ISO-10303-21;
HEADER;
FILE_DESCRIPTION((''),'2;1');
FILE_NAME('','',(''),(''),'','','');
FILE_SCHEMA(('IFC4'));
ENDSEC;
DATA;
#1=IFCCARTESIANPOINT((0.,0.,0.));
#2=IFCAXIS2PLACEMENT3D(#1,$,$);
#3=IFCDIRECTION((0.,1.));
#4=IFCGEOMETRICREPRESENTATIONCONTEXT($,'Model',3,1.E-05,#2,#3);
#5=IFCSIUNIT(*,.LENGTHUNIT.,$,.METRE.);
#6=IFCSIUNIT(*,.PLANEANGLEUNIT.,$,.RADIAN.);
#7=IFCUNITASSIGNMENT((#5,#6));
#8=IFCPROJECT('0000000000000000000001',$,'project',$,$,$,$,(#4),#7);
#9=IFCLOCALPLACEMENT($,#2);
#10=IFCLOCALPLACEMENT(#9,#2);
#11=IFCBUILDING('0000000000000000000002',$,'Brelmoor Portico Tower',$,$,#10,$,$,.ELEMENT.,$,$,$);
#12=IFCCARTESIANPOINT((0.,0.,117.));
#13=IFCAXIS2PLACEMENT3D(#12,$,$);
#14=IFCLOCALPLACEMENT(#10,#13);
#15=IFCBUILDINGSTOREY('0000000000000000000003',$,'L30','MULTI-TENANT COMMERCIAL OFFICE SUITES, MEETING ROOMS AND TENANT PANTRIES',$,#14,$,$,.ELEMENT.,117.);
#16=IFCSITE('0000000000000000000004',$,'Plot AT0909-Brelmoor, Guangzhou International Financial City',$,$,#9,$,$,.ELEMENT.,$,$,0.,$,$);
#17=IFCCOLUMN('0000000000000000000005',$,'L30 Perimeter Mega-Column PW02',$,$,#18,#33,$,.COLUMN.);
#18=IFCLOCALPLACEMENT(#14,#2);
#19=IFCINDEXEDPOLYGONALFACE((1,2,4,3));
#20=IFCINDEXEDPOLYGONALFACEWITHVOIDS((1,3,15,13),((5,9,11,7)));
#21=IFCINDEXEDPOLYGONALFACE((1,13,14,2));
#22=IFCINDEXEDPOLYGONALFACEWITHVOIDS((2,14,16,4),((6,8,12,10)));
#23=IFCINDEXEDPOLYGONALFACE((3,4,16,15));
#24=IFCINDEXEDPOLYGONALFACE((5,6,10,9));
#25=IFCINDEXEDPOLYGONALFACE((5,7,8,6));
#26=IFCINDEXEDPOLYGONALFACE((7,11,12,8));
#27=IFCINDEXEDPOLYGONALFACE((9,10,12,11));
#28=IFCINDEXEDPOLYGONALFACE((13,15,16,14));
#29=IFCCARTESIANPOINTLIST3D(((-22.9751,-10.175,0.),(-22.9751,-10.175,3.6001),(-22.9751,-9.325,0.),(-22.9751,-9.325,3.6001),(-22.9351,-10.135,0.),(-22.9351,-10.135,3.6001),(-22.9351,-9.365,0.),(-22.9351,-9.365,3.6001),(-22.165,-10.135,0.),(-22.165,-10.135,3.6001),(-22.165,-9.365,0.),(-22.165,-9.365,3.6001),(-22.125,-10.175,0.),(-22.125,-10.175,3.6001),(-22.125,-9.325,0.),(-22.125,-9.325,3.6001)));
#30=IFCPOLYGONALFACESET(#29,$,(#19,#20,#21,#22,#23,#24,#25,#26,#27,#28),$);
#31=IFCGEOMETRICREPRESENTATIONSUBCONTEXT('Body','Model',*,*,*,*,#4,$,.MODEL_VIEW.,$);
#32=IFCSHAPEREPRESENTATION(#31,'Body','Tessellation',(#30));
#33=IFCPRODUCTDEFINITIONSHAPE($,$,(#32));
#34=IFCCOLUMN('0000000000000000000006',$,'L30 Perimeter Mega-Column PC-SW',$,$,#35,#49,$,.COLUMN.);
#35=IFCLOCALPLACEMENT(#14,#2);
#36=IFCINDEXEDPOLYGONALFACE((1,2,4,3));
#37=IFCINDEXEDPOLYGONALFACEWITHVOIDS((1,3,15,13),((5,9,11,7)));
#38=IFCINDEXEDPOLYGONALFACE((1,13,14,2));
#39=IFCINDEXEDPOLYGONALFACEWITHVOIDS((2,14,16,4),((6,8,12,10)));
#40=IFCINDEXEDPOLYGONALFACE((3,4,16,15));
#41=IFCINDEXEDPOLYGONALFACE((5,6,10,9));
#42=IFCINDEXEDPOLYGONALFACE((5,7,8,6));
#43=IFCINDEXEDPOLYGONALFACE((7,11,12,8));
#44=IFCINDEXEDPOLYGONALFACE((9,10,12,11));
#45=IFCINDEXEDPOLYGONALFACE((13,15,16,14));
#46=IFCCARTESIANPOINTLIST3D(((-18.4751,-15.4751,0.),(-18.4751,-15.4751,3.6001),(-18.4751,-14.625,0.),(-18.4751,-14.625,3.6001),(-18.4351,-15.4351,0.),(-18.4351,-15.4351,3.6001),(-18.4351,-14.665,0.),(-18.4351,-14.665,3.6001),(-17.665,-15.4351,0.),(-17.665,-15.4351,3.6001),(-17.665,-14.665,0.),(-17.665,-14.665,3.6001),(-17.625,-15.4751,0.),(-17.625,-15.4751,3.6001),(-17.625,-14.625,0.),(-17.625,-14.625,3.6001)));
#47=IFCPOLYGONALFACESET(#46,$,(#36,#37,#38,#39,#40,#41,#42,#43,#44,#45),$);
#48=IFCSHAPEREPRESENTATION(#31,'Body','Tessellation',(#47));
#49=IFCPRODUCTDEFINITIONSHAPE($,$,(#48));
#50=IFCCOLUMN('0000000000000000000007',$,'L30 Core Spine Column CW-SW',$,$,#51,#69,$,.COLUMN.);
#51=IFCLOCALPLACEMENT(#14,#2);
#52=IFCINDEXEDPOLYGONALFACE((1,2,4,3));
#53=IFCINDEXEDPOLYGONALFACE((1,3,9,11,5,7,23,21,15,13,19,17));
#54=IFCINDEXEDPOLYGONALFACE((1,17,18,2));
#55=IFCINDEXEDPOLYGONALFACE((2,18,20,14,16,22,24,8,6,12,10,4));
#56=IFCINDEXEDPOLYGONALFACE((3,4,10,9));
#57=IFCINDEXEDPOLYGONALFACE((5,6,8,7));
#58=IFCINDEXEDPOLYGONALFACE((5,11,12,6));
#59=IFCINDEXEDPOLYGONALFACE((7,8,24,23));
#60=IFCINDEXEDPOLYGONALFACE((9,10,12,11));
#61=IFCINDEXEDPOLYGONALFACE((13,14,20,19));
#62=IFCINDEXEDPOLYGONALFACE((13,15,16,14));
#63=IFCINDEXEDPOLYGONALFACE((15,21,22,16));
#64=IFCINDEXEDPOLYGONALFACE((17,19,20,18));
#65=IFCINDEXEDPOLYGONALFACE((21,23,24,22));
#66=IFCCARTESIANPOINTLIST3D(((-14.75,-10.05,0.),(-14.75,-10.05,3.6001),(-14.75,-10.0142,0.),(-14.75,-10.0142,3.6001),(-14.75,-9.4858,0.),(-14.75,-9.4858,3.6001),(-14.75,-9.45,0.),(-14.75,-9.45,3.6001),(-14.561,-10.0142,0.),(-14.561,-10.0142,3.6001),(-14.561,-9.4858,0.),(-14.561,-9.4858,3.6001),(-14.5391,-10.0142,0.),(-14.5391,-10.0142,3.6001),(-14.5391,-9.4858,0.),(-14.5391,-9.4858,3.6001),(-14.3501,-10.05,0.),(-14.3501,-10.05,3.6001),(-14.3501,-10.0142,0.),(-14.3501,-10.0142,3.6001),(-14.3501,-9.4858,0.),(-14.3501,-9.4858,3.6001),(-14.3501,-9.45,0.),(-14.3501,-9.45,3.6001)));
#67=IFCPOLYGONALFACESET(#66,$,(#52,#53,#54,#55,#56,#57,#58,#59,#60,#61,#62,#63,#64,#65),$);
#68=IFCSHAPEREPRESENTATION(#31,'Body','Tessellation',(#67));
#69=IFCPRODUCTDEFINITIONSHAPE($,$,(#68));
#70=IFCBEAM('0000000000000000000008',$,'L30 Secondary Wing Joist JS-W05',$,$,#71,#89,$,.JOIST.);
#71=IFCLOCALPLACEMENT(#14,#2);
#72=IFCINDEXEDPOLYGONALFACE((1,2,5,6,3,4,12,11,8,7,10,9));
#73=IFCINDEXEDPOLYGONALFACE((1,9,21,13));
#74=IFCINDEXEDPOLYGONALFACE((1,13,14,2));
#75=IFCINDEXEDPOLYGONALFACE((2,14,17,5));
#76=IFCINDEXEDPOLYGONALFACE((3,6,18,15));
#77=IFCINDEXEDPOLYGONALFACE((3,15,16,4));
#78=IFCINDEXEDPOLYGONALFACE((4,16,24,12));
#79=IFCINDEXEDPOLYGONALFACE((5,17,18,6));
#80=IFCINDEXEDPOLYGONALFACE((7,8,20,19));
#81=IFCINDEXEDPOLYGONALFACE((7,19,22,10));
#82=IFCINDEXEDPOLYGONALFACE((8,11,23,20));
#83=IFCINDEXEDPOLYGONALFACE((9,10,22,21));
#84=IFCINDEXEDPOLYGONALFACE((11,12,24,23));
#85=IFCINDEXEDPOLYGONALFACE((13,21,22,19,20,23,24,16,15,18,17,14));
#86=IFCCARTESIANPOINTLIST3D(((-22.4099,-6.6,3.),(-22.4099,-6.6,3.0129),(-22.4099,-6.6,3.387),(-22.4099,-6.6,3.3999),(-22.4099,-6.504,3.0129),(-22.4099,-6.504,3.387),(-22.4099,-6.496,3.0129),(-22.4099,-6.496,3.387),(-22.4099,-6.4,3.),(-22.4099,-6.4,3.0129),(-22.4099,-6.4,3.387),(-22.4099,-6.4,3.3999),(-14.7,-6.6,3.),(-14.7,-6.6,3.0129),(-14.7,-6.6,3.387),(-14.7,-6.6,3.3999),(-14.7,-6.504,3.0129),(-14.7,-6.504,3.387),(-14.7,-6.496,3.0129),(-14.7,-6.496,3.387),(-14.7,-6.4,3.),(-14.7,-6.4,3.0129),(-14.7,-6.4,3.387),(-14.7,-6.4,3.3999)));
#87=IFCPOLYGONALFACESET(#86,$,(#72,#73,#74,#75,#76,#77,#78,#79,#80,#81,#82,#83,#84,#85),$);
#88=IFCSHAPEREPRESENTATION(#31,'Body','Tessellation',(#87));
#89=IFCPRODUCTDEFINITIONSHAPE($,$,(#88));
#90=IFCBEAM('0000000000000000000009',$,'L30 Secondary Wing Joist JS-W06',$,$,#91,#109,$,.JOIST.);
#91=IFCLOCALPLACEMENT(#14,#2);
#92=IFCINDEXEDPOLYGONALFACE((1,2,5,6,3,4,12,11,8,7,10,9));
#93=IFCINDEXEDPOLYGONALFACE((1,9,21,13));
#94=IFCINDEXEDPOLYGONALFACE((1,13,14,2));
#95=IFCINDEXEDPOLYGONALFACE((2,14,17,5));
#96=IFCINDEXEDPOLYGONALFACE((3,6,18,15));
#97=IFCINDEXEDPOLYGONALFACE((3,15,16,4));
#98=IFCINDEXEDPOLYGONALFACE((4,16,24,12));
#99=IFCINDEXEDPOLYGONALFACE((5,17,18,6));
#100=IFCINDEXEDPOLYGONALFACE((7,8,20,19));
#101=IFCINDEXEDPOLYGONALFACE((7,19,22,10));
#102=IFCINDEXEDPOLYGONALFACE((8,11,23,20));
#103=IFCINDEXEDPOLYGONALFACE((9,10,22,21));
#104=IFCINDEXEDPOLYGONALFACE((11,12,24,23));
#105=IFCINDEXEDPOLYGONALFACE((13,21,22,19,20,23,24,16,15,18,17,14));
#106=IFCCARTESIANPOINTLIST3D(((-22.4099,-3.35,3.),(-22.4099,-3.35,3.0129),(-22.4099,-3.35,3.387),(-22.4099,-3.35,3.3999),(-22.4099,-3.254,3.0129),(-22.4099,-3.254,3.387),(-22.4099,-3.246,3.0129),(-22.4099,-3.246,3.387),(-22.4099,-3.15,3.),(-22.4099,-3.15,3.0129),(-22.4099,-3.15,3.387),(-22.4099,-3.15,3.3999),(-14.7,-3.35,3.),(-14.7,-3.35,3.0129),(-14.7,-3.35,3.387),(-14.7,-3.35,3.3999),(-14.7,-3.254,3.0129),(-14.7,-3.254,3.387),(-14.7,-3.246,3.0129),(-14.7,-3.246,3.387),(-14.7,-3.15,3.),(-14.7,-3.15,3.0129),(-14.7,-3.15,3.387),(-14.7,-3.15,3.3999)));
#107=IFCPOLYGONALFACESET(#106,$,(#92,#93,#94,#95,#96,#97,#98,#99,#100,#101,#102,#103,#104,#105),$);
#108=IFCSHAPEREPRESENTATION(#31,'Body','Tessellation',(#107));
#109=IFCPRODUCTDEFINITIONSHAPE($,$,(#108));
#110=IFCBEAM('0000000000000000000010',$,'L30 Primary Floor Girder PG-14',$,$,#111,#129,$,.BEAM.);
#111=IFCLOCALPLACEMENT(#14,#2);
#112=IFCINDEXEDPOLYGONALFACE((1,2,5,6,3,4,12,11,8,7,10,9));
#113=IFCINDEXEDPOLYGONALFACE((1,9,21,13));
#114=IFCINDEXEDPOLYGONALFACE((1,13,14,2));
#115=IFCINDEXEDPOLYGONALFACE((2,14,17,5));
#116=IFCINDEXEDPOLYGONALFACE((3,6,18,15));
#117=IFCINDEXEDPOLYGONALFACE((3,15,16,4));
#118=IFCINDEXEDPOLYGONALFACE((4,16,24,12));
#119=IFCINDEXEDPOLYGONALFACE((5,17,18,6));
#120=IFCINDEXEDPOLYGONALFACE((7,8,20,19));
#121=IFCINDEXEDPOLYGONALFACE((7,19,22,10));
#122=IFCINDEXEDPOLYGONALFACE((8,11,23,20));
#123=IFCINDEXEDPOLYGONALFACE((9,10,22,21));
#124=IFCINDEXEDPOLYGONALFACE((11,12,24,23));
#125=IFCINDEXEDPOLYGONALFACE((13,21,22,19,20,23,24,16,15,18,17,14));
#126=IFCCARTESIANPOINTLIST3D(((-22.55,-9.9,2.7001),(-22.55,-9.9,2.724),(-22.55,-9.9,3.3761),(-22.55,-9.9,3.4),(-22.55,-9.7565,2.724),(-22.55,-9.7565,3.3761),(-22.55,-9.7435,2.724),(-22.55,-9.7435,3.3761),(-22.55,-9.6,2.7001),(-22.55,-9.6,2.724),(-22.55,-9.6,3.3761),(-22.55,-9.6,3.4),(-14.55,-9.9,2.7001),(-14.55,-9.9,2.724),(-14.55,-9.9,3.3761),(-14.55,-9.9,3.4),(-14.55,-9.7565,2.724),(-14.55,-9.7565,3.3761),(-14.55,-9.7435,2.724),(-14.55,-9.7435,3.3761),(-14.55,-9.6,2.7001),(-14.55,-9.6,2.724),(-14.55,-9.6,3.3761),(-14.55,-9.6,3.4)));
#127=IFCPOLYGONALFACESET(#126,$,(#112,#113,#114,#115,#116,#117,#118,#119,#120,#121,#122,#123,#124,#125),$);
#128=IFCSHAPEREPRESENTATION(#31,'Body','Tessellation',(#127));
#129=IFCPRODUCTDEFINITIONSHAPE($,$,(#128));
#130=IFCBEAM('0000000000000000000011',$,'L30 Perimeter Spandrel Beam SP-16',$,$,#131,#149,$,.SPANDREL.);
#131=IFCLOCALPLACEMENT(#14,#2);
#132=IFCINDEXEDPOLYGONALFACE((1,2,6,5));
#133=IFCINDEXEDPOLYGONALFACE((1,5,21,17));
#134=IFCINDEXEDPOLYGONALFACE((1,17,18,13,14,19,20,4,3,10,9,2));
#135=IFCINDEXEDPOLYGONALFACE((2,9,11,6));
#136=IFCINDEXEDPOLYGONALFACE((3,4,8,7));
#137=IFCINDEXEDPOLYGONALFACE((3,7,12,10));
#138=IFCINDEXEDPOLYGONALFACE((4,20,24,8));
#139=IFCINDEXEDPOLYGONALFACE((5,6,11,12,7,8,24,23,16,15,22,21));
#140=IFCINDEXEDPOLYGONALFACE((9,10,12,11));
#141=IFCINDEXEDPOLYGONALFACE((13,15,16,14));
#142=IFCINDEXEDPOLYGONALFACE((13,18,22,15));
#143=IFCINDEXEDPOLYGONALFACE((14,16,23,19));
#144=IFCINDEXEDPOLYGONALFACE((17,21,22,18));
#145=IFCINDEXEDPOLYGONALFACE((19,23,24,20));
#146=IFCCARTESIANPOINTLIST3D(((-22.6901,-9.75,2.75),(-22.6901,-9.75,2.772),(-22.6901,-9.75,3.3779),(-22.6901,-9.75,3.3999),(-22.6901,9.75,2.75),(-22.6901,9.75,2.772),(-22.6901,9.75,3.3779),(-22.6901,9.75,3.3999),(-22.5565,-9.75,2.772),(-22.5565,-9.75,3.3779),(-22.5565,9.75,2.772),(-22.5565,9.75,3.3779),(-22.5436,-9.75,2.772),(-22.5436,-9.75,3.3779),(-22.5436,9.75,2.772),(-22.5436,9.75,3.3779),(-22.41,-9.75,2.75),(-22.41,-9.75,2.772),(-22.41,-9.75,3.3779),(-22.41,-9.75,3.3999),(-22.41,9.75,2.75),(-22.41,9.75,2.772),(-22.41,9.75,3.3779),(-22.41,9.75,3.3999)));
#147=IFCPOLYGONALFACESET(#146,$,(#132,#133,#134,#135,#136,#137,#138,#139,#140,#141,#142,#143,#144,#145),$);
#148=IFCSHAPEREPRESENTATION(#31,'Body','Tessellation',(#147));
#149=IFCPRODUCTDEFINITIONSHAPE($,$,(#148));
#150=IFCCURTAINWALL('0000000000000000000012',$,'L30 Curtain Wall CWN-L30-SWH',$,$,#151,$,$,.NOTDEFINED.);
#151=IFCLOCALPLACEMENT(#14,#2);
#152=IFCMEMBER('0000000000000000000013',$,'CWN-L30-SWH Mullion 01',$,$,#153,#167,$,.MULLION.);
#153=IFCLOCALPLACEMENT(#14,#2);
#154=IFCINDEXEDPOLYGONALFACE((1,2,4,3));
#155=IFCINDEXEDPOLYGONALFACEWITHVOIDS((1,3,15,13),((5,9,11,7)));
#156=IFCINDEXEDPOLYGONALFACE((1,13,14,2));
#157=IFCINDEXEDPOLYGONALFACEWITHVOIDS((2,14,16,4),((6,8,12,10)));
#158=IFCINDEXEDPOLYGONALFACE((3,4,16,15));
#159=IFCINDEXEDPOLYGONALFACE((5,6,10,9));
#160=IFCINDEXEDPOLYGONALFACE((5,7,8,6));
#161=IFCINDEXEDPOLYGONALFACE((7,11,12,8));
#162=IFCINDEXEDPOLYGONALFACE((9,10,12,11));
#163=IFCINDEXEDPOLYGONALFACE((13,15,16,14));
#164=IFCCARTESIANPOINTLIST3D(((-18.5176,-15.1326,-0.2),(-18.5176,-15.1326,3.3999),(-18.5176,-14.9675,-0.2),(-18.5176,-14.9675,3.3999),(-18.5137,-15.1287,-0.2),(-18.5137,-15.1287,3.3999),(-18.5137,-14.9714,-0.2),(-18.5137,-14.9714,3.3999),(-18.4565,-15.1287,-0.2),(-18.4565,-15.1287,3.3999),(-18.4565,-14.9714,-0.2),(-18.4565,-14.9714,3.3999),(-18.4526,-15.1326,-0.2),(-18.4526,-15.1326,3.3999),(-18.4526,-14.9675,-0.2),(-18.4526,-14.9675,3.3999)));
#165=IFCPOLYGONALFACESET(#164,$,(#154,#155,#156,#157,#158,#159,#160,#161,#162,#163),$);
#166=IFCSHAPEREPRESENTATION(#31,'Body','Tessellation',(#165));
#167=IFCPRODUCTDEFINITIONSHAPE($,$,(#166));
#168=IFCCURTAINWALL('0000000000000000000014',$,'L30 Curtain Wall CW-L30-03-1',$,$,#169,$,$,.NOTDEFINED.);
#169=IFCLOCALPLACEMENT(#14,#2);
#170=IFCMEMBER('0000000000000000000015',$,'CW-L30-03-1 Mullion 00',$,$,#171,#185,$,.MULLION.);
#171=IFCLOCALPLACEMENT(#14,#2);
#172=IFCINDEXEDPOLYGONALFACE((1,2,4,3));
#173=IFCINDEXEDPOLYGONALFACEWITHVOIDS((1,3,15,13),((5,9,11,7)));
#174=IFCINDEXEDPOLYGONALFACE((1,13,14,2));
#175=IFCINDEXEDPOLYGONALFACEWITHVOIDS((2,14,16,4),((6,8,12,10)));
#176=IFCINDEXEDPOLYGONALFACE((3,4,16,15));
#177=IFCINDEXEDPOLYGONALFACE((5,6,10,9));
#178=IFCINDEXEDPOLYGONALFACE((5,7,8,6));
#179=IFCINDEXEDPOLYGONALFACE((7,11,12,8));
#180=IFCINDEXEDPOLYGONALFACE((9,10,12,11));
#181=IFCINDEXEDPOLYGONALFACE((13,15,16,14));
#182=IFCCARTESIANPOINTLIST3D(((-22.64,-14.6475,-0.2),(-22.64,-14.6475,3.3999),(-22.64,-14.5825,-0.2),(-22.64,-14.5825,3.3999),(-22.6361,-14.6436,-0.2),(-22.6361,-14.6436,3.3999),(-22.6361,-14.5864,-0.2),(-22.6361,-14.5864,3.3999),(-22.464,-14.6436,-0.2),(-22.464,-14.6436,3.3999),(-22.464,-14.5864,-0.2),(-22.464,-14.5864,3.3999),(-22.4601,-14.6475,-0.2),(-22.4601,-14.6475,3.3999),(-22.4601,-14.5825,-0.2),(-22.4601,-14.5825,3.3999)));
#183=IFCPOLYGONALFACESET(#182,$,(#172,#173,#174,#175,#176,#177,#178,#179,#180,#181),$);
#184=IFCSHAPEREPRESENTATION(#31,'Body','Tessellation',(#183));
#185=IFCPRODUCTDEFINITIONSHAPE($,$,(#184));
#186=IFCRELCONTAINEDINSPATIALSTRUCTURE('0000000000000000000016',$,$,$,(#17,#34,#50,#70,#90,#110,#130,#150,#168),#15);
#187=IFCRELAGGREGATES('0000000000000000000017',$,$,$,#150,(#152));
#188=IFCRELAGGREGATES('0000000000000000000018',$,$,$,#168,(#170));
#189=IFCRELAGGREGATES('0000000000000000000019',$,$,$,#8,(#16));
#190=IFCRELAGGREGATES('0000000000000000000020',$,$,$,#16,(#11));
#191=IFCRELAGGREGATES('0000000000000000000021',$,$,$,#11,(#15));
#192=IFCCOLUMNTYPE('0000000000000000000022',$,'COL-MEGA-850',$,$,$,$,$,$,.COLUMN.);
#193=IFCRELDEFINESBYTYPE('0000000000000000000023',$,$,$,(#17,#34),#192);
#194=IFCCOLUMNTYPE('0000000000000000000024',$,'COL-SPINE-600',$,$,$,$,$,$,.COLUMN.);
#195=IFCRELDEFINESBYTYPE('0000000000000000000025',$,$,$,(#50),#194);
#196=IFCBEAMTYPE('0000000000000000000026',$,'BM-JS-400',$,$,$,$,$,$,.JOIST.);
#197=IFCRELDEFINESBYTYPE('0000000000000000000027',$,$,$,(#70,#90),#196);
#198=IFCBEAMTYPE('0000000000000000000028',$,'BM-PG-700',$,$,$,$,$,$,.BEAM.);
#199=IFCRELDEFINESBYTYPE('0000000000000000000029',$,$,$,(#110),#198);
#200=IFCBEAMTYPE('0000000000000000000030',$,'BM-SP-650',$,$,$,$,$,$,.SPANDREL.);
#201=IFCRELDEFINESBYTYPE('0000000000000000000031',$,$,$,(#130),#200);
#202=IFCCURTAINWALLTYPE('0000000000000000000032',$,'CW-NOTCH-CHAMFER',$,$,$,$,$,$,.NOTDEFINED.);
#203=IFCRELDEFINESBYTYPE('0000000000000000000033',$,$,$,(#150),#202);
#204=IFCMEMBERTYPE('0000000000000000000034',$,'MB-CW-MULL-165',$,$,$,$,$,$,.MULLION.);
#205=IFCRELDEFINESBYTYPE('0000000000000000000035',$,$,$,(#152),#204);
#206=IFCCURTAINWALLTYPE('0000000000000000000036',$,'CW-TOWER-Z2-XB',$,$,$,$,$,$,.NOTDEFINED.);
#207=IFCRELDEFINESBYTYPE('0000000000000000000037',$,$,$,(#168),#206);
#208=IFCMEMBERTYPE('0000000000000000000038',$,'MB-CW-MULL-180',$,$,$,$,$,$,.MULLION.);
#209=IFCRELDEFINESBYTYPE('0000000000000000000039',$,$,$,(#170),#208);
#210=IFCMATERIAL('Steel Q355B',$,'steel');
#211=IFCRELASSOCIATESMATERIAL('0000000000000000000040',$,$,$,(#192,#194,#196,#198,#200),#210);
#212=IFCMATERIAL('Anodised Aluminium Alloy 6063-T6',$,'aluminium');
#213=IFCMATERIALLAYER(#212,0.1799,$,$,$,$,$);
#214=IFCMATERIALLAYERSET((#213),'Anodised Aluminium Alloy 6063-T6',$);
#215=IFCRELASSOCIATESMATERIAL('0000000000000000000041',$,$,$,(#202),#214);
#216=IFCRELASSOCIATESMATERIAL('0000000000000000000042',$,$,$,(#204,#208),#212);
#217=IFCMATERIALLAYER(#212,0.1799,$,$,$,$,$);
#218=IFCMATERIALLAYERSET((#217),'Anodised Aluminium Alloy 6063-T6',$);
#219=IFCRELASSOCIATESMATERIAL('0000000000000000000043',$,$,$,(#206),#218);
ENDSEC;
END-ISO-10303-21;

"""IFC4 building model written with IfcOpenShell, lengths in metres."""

from ifc_helpers import new_model, si_unit, direction, frame, origin, origin_2d, place, context, subcontext, project, spatial, hollow_rectangle, i_section, extrude, material, layer, layer_set, material_profile, profile_set, type_object, element, aggregate, save


model = new_model("IFC4")

# Units and contexts
model_context = context("Model", 3, precision=1e-05, world=origin(), true_north=direction((0.0, 1.0)))
body_context = subcontext(model_context, "Body", "Model", "MODEL_VIEW")
ifc_project = project(units=[si_unit("LENGTHUNIT", "METRE"), si_unit("PLANEANGLEUNIT", "RADIAN")], contexts=[model_context])

# Site, building, storey
site_placement = place(None, origin())
site = spatial("IfcSite", under=ifc_project, at=site_placement, Name="Plot AT0909-Brelmoor, Guangzhou International Financial City", CompositionType="ELEMENT", RefElevation=0.0)
building_placement = place(site_placement, origin())
building = spatial("IfcBuilding", under=site, at=building_placement, Name="Brelmoor Portico Tower", CompositionType="ELEMENT")
storey_placement = place(building_placement, frame((0.0, 0.0, 117.0)))
storey = spatial("IfcBuildingStorey", under=building, at=storey_placement, Name="L30", Description="MULTI-TENANT COMMERCIAL OFFICE SUITES, MEETING ROOMS AND TENANT PANTRIES", CompositionType="ELEMENT", Elevation=117.0)

# Columns
ifc_material_1 = material(Name="Steel Q355B", Category="steel")
ifc_material_profile_1 = material_profile(ifc_material_1, hollow_rectangle(XDim=0.8501, YDim=0.8501, WallThickness=0.04, at=origin_2d()), Name="BOX 850x850x40")
ifc_profile_set_1 = profile_set([ifc_material_profile_1], Name="Steel Q355B")
column_type_1 = type_object("IfcColumnType", Name="COL-MEGA-850", PredefinedType="COLUMN", material=ifc_profile_set_1)
for number, where, z_axis, x_axis, name in (
    (1, (-22.55, -9.75, 0.0), (0.0, 0.0, 1.0), (0.0, 1.0, 0.0), "L30 Perimeter Mega-Column PW02"),
    (2, (-18.05, -15.05, 0.0), (0.0, 0.0, 1.0), (1.0, 0.0, 0.0), "L30 Perimeter Mega-Column PC-SW"),
):
    element("IfcColumn", number, at=place(storey_placement, frame(where, z_axis=z_axis, x_axis=x_axis)), inside=storey, type_object=column_type_1, Name=name, PredefinedType="COLUMN", context=body_context, shape_type="SweptSolid", body=[
        extrude(hollow_rectangle(XDim=0.8501, YDim=0.8501, WallThickness=0.04, at=origin_2d()), origin(), (0.0, 0.0, 1.0), 3.6001),
    ])
ifc_material_profile_2 = material_profile(ifc_material_1, i_section(OverallWidth=0.3999, OverallDepth=0.6001, WebThickness=0.022, FlangeThickness=0.0359, at=origin_2d()), Name="HW 600x400x22x36")
ifc_profile_set_2 = profile_set([ifc_material_profile_2], Name="Steel Q355B")
column_type_2 = type_object("IfcColumnType", Name="COL-SPINE-600", PredefinedType="COLUMN", material=ifc_profile_set_2)
column_placement = place(storey_placement, frame((-14.55, -9.75, 0.0), z_axis=(0.0, 0.0, 1.0), x_axis=(1.0, 0.0, 0.0)))
element("IfcColumn", 3, at=column_placement, inside=storey, type_object=column_type_2, Name="L30 Core Spine Column CW-SW", PredefinedType="COLUMN", context=body_context, shape_type="SweptSolid", body=[
    extrude(i_section(OverallWidth=0.3999, OverallDepth=0.6001, WebThickness=0.022, FlangeThickness=0.0359, at=origin_2d()), origin(), (0.0, 0.0, 1.0), 3.6001),
])

# Beams
ifc_material_profile_3 = material_profile(ifc_material_1, i_section(OverallWidth=0.2, OverallDepth=0.3999, WebThickness=0.0081, FlangeThickness=0.0129, at=origin_2d()), Name="HN 400x200x8x13")
ifc_profile_set_3 = profile_set([ifc_material_profile_3], Name="Steel Q355B")
beam_type_1 = type_object("IfcBeamType", Name="BM-JS-400", PredefinedType="JOIST", material=ifc_profile_set_3)
for number, where, z_axis, x_axis, name in (
    (4, (-22.4099, -6.5, 3.2), (1.0, 0.0, 0.0), (0.0, 1.0, 0.0), "L30 Secondary Wing Joist JS-W05"),
    (5, (-22.4099, -3.25, 3.2), (1.0, 0.0, 0.0), (0.0, 1.0, 0.0), "L30 Secondary Wing Joist JS-W06"),
):
    element("IfcBeam", number, at=place(storey_placement, frame(where, z_axis=z_axis, x_axis=x_axis)), inside=storey, type_object=beam_type_1, Name=name, PredefinedType="JOIST", context=body_context, shape_type="SweptSolid", body=[
        extrude(i_section(OverallWidth=0.2, OverallDepth=0.3999, WebThickness=0.0081, FlangeThickness=0.0129, at=origin_2d()), origin(), (0.0, 0.0, 1.0), 7.71),
    ])
ifc_material_profile_4 = material_profile(ifc_material_1, i_section(OverallWidth=0.3, OverallDepth=0.7, WebThickness=0.0129, FlangeThickness=0.0239, at=origin_2d()), Name="HN 700x300x13x24")
ifc_profile_set_4 = profile_set([ifc_material_profile_4], Name="Steel Q355B")
beam_type_2 = type_object("IfcBeamType", Name="BM-PG-700", PredefinedType="BEAM", material=ifc_profile_set_4)
beam_1_placement = place(storey_placement, frame((-22.55, -9.75, 3.05), z_axis=(1.0, 0.0, 0.0), x_axis=(0.0, 1.0, 0.0)))
element("IfcBeam", 6, at=beam_1_placement, inside=storey, type_object=beam_type_2, Name="L30 Primary Floor Girder PG-14", PredefinedType="BEAM", context=body_context, shape_type="SweptSolid", body=[
    extrude(i_section(OverallWidth=0.3, OverallDepth=0.7, WebThickness=0.0129, FlangeThickness=0.0239, at=origin_2d()), origin(), (0.0, 0.0, 1.0), 8.0),
])
ifc_material_profile_5 = material_profile(ifc_material_1, i_section(OverallWidth=0.28, OverallDepth=0.6499, WebThickness=0.0129, FlangeThickness=0.022, at=origin_2d()), Name="HN 650x280x13x22")
ifc_profile_set_5 = profile_set([ifc_material_profile_5], Name="Steel Q355B")
beam_type_3 = type_object("IfcBeamType", Name="BM-SP-650", PredefinedType="SPANDREL", material=ifc_profile_set_5)
beam_2_placement = place(storey_placement, frame((-22.55, -9.75, 3.075), z_axis=(0.0, 1.0, 0.0), x_axis=(-1.0, 0.0, 0.0)))
element("IfcBeam", 7, at=beam_2_placement, inside=storey, type_object=beam_type_3, Name="L30 Perimeter Spandrel Beam SP-16", PredefinedType="SPANDREL", context=body_context, shape_type="SweptSolid", body=[
    extrude(i_section(OverallWidth=0.28, OverallDepth=0.6499, WebThickness=0.0129, FlangeThickness=0.022, at=origin_2d()), origin(), (0.0, 0.0, 1.0), 19.5),
])

# Curtain wall, member
ifc_material_2 = material(Name="Anodised Aluminium Alloy 6063-T6", Category="aluminium")
ifc_layer_1 = layer(ifc_material_2, 0.1799)
ifc_layer_set_1 = layer_set([ifc_layer_1], Name="Anodised Aluminium Alloy 6063-T6")
curtain_wall_type_1 = type_object("IfcCurtainWallType", Name="CW-NOTCH-CHAMFER", PredefinedType="NOTDEFINED", material=ifc_layer_set_1)
curtain_wall_1_placement = place(storey_placement, origin())
curtain_wall_1 = element("IfcCurtainWall", 8, at=curtain_wall_1_placement, inside=storey, type_object=curtain_wall_type_1, Name="L30 Curtain Wall CWN-L30-SWH", PredefinedType="NOTDEFINED")
ifc_material_profile_6 = material_profile(ifc_material_2, hollow_rectangle(XDim=0.0649, YDim=0.165, WallThickness=0.0039, at=origin_2d()), Name="ALU MULLION 65x165")
ifc_profile_set_6 = profile_set([ifc_material_profile_6], Name="Anodised Aluminium Alloy 6063-T6")
member_type_1 = type_object("IfcMemberType", Name="MB-CW-MULL-165", PredefinedType="MULLION", material=ifc_profile_set_6)
member_1_placement = place(storey_placement, frame((-18.4851, -15.05, -0.2), z_axis=(0.0, 0.0, 1.0), x_axis=(1.0, 0.0, 0.0)))
member_1 = element("IfcMember", 9, at=member_1_placement, type_object=member_type_1, Name="CWN-L30-SWH Mullion 01", PredefinedType="MULLION", context=body_context, shape_type="SweptSolid", body=[
    extrude(hollow_rectangle(XDim=0.0649, YDim=0.165, WallThickness=0.0039, at=origin_2d()), origin(), (0.0, 0.0, 1.0), 3.5999),
])
aggregate(curtain_wall_1, [member_1])

# Curtain wall, member
ifc_layer_2 = layer(ifc_material_2, 0.1799)
ifc_layer_set_2 = layer_set([ifc_layer_2], Name="Anodised Aluminium Alloy 6063-T6")
curtain_wall_type_2 = type_object("IfcCurtainWallType", Name="CW-TOWER-Z2-XB", PredefinedType="NOTDEFINED", material=ifc_layer_set_2)
curtain_wall_2_placement = place(storey_placement, origin())
curtain_wall_2 = element("IfcCurtainWall", 10, at=curtain_wall_2_placement, inside=storey, type_object=curtain_wall_type_2, Name="L30 Curtain Wall CW-L30-03-1", PredefinedType="NOTDEFINED")
ifc_material_profile_7 = material_profile(ifc_material_2, hollow_rectangle(XDim=0.0649, YDim=0.1799, WallThickness=0.0039, at=origin_2d()), Name="ALU MULLION 65x180")
ifc_profile_set_7 = profile_set([ifc_material_profile_7], Name="Anodised Aluminium Alloy 6063-T6")
member_type_2 = type_object("IfcMemberType", Name="MB-CW-MULL-180", PredefinedType="MULLION", material=ifc_profile_set_7)
member_2_placement = place(storey_placement, frame((-22.55, -14.615, -0.2), z_axis=(0.0, 0.0, 1.0), x_axis=(0.0, 1.0, 0.0)))
member_2 = element("IfcMember", 11, at=member_2_placement, type_object=member_type_2, Name="CW-L30-03-1 Mullion 00", PredefinedType="MULLION", context=body_context, shape_type="SweptSolid", body=[
    extrude(hollow_rectangle(XDim=0.0649, YDim=0.1799, WallThickness=0.0039, at=origin_2d()), origin(), (0.0, 0.0, 1.0), 3.5999),
])

aggregate(curtain_wall_2, [member_2])

save(model, "model.ifc")
